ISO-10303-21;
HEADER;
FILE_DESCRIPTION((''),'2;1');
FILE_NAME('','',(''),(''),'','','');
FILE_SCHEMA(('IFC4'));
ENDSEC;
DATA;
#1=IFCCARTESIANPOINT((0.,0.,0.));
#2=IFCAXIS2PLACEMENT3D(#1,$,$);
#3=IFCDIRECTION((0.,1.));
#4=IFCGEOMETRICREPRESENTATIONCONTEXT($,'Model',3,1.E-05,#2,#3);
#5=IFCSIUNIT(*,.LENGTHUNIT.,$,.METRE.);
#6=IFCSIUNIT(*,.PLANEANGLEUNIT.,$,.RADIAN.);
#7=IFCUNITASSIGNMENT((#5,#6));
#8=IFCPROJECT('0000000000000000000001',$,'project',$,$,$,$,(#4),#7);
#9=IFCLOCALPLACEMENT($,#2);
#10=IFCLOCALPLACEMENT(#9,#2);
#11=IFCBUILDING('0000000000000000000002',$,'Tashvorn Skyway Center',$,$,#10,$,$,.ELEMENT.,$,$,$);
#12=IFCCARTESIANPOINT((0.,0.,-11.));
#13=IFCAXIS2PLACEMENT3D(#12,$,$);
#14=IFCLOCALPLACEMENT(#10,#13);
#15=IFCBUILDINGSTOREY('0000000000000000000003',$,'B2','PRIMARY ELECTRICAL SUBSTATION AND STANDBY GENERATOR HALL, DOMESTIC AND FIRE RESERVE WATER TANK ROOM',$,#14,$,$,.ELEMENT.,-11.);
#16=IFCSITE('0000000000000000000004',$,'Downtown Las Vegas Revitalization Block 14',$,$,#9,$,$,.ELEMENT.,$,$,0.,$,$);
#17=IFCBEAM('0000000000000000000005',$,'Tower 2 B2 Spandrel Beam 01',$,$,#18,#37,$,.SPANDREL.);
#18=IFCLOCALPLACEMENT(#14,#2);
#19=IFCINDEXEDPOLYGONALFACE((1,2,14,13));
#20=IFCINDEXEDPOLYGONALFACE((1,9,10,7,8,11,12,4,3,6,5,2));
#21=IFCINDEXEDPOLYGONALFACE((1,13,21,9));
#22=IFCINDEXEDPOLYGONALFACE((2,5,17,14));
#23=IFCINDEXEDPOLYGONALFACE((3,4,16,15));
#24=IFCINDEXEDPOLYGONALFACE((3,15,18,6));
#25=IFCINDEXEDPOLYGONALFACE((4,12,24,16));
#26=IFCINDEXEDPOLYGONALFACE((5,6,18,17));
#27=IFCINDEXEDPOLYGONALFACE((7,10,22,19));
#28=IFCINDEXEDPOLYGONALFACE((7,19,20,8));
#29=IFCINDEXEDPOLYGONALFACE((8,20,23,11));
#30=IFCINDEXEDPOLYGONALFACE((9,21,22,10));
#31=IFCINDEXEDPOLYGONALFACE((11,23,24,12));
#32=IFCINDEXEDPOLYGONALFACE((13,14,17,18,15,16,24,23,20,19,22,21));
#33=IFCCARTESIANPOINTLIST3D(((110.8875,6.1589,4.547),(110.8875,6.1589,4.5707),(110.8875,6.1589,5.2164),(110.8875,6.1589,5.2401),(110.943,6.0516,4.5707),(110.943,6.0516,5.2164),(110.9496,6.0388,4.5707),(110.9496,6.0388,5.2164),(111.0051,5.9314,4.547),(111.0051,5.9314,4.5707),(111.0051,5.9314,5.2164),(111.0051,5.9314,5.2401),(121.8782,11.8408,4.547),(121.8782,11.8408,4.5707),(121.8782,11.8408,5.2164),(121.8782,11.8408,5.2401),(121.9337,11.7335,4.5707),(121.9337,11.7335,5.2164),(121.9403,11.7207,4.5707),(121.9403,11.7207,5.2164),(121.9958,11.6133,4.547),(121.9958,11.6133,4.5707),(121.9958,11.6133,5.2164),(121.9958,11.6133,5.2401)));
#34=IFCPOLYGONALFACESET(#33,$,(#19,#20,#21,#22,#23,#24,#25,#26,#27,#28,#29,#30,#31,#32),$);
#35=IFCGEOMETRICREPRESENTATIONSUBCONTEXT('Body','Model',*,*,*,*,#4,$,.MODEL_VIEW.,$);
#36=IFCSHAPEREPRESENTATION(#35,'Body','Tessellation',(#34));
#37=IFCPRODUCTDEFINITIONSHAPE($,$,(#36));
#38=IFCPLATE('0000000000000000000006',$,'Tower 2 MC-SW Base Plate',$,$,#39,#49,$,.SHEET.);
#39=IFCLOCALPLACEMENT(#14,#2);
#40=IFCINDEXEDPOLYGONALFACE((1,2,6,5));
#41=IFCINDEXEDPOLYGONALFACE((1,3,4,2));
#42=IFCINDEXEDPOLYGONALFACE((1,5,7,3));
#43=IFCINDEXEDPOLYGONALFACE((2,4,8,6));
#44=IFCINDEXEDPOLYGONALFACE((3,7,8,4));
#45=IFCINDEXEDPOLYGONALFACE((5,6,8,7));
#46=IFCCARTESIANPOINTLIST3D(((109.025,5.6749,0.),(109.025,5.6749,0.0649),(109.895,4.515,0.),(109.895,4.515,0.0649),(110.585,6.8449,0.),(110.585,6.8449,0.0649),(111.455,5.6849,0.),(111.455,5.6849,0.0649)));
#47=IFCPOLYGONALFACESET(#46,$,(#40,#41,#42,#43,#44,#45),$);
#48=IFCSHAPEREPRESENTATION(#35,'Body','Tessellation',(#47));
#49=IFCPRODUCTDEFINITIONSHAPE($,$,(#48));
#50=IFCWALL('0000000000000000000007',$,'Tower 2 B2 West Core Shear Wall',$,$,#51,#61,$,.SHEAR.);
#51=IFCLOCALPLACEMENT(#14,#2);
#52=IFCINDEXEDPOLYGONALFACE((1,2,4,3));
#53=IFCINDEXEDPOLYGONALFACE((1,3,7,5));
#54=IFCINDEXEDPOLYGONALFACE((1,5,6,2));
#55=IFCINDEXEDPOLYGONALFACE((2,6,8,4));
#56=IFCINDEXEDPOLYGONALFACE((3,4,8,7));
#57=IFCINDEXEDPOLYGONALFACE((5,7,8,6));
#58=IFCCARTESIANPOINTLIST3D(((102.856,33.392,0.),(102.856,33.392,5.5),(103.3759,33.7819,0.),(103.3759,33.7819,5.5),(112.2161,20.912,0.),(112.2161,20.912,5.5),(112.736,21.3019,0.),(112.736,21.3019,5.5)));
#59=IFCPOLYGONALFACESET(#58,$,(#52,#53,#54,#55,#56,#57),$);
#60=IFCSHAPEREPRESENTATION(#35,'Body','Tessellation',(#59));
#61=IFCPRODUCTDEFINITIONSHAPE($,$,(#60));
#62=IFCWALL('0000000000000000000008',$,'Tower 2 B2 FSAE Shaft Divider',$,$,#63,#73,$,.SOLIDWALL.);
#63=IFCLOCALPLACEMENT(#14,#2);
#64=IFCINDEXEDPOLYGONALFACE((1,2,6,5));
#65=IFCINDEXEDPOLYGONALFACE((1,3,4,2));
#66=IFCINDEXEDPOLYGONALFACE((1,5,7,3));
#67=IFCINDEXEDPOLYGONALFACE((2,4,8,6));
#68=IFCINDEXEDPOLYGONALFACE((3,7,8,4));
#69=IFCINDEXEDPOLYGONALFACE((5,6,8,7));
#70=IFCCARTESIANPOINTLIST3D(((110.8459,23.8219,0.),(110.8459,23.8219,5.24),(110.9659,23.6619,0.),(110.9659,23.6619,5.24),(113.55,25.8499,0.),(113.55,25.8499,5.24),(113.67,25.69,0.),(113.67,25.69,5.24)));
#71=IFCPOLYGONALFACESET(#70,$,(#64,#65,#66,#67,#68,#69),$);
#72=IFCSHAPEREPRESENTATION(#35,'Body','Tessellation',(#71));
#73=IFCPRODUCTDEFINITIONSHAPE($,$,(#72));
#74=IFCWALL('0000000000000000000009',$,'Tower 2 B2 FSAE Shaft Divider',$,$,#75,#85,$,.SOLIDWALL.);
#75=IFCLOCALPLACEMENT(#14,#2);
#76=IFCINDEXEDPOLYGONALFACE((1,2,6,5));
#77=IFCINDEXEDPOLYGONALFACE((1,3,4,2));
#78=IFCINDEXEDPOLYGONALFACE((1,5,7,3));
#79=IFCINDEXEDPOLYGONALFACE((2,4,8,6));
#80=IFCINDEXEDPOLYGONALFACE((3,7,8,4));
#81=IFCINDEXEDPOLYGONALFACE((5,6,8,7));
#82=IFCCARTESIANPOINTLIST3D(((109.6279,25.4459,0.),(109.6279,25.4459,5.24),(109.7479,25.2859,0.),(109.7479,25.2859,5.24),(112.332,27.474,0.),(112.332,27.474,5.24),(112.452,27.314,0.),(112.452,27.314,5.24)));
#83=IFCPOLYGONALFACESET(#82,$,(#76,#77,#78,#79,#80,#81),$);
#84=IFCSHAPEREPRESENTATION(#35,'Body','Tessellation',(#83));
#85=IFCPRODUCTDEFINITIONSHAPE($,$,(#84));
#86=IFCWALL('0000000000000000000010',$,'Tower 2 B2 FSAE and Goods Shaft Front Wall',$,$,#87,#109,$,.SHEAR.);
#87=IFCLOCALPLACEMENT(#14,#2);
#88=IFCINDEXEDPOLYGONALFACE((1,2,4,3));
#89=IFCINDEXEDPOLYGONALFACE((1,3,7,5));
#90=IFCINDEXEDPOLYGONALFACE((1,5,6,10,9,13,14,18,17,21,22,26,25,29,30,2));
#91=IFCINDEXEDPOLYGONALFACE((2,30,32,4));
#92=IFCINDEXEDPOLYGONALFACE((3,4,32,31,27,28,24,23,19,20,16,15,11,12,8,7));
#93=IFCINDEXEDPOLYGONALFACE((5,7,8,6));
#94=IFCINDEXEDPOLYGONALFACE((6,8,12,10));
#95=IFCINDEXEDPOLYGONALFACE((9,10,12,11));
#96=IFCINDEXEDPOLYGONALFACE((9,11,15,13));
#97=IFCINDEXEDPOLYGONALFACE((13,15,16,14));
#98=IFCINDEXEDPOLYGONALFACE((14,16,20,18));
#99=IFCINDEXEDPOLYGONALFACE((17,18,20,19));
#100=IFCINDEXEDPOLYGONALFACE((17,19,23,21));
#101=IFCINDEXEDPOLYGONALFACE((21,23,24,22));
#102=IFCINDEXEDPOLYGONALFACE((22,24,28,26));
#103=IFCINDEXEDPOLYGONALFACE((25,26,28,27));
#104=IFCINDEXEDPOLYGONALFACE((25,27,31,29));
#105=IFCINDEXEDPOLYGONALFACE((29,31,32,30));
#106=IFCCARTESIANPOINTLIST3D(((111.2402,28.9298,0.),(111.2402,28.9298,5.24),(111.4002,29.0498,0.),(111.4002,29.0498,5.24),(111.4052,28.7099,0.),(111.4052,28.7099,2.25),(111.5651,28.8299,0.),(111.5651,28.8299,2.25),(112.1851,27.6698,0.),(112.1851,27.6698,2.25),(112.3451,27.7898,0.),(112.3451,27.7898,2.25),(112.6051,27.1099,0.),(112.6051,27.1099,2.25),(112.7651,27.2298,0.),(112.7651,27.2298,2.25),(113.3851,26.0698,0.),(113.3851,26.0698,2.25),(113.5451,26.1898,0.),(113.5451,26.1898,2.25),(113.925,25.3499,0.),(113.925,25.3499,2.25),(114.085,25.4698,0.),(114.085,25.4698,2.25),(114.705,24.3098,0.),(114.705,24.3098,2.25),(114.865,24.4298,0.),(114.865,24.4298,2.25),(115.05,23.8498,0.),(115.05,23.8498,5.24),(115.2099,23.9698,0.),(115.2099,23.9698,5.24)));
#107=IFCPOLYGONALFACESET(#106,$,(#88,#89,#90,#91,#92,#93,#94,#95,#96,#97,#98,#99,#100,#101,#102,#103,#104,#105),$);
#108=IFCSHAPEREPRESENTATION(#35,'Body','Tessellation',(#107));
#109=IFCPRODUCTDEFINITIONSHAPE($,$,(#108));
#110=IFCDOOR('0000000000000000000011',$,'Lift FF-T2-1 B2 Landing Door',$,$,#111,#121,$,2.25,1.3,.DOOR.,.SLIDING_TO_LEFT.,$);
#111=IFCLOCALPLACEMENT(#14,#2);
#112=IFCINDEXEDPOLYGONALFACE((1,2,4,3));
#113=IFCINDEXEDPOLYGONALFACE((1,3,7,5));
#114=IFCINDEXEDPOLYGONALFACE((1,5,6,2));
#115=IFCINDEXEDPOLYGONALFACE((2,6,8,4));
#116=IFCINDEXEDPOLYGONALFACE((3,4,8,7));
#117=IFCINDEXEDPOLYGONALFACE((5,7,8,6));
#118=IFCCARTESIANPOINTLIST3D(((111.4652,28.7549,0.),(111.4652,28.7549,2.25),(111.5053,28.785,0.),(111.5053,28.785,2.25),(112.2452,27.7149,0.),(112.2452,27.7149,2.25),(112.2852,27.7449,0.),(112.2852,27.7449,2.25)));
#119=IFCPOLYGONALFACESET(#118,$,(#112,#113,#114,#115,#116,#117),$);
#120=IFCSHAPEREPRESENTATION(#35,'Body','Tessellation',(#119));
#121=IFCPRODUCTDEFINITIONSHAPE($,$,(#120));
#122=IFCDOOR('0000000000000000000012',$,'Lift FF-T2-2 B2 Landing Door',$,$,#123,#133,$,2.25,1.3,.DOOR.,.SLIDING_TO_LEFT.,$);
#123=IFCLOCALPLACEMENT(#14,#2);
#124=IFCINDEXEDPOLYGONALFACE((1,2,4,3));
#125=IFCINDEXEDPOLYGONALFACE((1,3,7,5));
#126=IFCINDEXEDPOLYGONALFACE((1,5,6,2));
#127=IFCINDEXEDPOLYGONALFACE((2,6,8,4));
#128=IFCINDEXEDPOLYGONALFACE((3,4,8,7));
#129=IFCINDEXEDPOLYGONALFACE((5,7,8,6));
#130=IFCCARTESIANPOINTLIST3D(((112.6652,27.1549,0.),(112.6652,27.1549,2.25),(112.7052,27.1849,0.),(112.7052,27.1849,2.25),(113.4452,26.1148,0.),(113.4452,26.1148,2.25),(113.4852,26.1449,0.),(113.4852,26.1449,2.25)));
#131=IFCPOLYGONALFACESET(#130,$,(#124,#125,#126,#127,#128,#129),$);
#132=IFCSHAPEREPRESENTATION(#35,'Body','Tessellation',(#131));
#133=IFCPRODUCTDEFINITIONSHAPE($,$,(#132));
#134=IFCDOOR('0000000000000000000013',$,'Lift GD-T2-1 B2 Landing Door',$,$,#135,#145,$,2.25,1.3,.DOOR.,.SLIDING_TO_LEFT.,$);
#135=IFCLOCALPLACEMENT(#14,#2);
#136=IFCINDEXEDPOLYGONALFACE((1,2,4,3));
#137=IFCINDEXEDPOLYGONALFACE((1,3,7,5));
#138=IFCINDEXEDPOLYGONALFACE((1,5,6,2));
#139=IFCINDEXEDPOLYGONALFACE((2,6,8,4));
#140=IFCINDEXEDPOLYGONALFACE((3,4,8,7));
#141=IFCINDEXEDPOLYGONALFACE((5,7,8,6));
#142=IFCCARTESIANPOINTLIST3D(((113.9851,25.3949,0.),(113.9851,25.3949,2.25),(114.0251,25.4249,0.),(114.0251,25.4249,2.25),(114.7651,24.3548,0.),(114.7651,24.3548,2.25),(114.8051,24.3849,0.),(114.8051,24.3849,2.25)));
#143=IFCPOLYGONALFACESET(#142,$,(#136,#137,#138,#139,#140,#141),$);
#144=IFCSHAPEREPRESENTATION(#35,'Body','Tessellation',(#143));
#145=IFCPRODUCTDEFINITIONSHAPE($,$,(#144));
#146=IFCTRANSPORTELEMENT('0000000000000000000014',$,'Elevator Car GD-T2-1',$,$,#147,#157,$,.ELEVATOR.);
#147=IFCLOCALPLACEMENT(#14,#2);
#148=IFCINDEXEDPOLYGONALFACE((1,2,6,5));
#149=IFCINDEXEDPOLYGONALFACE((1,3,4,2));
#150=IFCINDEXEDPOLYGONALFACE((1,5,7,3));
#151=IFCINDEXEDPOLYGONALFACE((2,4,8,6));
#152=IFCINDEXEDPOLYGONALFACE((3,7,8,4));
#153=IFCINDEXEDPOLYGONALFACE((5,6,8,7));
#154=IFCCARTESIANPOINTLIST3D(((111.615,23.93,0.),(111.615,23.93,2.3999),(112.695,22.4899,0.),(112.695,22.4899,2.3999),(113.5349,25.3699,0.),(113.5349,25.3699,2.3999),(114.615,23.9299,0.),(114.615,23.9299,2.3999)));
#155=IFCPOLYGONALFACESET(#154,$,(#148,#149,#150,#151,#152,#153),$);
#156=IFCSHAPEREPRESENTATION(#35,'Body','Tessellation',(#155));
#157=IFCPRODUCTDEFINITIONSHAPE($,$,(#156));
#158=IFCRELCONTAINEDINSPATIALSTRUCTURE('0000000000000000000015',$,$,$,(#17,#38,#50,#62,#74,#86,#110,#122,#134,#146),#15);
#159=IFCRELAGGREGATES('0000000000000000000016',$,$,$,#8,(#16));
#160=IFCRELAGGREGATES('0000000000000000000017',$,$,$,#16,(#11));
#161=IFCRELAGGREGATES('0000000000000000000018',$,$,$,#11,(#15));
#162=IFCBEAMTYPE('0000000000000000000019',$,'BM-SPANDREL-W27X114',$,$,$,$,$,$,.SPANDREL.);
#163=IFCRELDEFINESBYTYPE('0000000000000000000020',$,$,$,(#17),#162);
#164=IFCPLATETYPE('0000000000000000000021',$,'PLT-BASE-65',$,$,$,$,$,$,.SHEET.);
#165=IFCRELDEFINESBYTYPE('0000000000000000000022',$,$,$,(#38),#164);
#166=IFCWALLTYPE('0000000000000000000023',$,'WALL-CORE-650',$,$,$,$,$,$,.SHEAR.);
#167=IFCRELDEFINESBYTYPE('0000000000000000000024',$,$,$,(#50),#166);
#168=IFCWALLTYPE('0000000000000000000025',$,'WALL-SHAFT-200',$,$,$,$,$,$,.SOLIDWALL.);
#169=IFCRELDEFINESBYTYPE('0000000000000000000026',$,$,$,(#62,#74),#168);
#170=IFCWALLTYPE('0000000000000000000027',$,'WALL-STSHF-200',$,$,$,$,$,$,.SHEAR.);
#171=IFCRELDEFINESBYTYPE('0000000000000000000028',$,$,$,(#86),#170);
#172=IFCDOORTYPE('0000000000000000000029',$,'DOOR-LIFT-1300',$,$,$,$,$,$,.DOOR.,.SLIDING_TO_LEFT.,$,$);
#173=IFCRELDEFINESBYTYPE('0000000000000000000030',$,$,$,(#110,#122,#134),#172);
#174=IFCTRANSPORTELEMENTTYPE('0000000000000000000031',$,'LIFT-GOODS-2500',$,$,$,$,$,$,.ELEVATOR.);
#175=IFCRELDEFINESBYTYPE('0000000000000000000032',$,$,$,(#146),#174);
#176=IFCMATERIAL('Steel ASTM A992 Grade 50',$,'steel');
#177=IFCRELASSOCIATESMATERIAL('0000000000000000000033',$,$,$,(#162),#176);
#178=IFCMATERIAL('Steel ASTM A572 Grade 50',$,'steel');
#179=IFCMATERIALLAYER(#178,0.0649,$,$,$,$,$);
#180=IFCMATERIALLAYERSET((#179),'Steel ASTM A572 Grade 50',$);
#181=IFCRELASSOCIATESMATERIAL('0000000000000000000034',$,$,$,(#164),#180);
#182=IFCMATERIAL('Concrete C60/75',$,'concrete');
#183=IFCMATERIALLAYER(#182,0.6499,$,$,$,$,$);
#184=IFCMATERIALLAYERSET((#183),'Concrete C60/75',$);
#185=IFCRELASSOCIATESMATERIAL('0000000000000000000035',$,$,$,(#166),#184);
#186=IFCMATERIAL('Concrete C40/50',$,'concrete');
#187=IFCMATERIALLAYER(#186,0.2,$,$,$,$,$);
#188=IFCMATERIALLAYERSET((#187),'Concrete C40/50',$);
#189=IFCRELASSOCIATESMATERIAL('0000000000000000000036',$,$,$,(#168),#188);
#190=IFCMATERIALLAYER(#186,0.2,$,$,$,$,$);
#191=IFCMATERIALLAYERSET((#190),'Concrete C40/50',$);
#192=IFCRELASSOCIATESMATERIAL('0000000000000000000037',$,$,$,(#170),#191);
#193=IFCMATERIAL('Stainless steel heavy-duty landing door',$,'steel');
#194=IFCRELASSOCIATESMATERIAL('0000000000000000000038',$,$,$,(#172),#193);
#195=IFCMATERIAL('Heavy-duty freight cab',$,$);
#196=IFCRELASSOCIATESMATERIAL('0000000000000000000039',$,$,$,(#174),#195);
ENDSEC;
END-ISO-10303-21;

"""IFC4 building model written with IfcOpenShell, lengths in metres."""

from ifc_helpers import new_model, si_unit, direction, frame, frame_2d, origin, origin_2d, place, context, subcontext, project, spatial, rectangle, i_section, extrude, material, layer, layer_set, material_profile, profile_set, type_object, element, fill, save


model = new_model("IFC4")

# Units and contexts
model_context = context("Model", 3, precision=1e-05, world=origin(), true_north=direction((0.0, 1.0)))
body_context = subcontext(model_context, "Body", "Model", "MODEL_VIEW")
ifc_project = project(units=[si_unit("LENGTHUNIT", "METRE"), si_unit("PLANEANGLEUNIT", "RADIAN")], contexts=[model_context])

# Site, building, storey
site_placement = place(None, origin())
site = spatial("IfcSite", under=ifc_project, at=site_placement, Name="Downtown Las Vegas Revitalization Block 14", CompositionType="ELEMENT", RefElevation=0.0)
building_placement = place(site_placement, origin())
building = spatial("IfcBuilding", under=site, at=building_placement, Name="Tashvorn Skyway Center", CompositionType="ELEMENT")
storey_placement = place(building_placement, frame((0.0, 0.0, -11.0)))
storey = spatial("IfcBuildingStorey", under=building, at=storey_placement, Name="B2", Description="PRIMARY ELECTRICAL SUBSTATION AND STANDBY GENERATOR HALL, DOMESTIC AND FIRE RESERVE WATER TANK ROOM", CompositionType="ELEMENT", Elevation=-11.0)

# Shared definitions
ifc_material_1 = material(Name="Steel ASTM A572 Grade 50", Category="steel")

# Beam
ifc_material_2 = material(Name="Steel ASTM A992 Grade 50", Category="steel")
ifc_material_profile_1 = material_profile(ifc_material_2, i_section(OverallWidth=0.2561, OverallDepth=0.6931, WebThickness=0.0144, FlangeThickness=0.0237, at=origin_2d()), Name="W27X114")
ifc_profile_set_1 = profile_set([ifc_material_profile_1], Name="Steel ASTM A992 Grade 50")
beam_type_1 = type_object("IfcBeamType", Name="BM-SPANDREL-W27X114", PredefinedType="SPANDREL", material=ifc_profile_set_1)
beam_1_placement = place(storey_placement, frame((110.9463, 6.0452, 4.8936), z_axis=(0.888316, 0.459233, 0.0), x_axis=(-0.459233, 0.888316, 0.0)))
element("IfcBeam", 1, at=beam_1_placement, inside=storey, type_object=beam_type_1, Name="Tower 2 B2 Spandrel Beam 01", PredefinedType="SPANDREL", context=body_context, shape_type="SweptSolid", body=[
    extrude(i_section(OverallWidth=0.2561, OverallDepth=0.6931, WebThickness=0.0144, FlangeThickness=0.0237, at=origin_2d()), origin(), (0.0, 0.0, 1.0), 12.3726),
])

# Plate
ifc_layer_1 = layer(ifc_material_1, 0.0649)
ifc_layer_set_1 = layer_set([ifc_layer_1], Name="Steel ASTM A572 Grade 50")
plate_type = type_object("IfcPlateType", Name="PLT-BASE-65", PredefinedType="SHEET", material=ifc_layer_set_1)
plate_placement = place(storey_placement, frame((110.24, 5.6799, 0.0), z_axis=(0.0, 0.0, 1.0), x_axis=(0.8, 0.6, 0.0)))
element("IfcPlate", 2, at=plate_placement, inside=storey, type_object=plate_type, Name="Tower 2 MC-SW Base Plate", PredefinedType="SHEET", context=body_context, shape_type="SweptSolid", body=[
    extrude(rectangle(XDim=1.95, YDim=1.45, at=origin_2d()), origin(), (0.0, 0.0, 1.0), 0.0649),
])

# Walls
ifc_material_3 = material(Name="Concrete C60/75", Category="concrete")
ifc_layer_2 = layer(ifc_material_3, 0.6499)
ifc_layer_set_2 = layer_set([ifc_layer_2], Name="Concrete C60/75")
wall_type_1 = type_object("IfcWallType", Name="WALL-CORE-650", PredefinedType="SHEAR", material=ifc_layer_set_2)
wall_1_placement = place(storey_placement, frame((112.4761, 21.1069, 0.0), z_axis=(0.0, 0.0, 1.0), x_axis=(-0.600005, 0.799996, 0.0)))
element("IfcWall", 3, at=wall_1_placement, inside=storey, type_object=wall_type_1, Name="Tower 2 B2 West Core Shear Wall", PredefinedType="SHEAR", context=body_context, shape_type="SweptSolid", body=[
    extrude(rectangle(XDim=15.6001, YDim=0.6499, at=frame_2d((7.8, 0.0))), origin(), (0.0, 0.0, 1.0), 5.5),
])
ifc_material_4 = material(Name="Concrete C40/50", Category="concrete")
ifc_layer_3 = layer(ifc_material_4, 0.2)
ifc_layer_set_3 = layer_set([ifc_layer_3], Name="Concrete C40/50")
wall_type_2 = type_object("IfcWallType", Name="WALL-SHAFT-200", PredefinedType="SOLIDWALL", material=ifc_layer_set_3)
for number, where, z_axis, x_axis, name in (
    (4, (110.906, 23.7419, 0.0), (0.0, 0.0, 1.0), (0.8, 0.6, 0.0), "Tower 2 B2 FSAE Shaft Divider"),
    (5, (109.688, 25.366, 0.0), (0.0, 0.0, 1.0), (0.8, 0.6, 0.0), "Tower 2 B2 FSAE Shaft Divider"),
):
    element("IfcWall", number, at=place(storey_placement, frame(where, z_axis=z_axis, x_axis=x_axis)), inside=storey, type_object=wall_type_2, Name=name, PredefinedType="SOLIDWALL", context=body_context, shape_type="SweptSolid", body=[
        extrude(rectangle(XDim=3.3801, YDim=0.2, at=frame_2d((1.6899, 0.0))), origin(), (0.0, 0.0, 1.0), 5.24),
    ])

# Wall, openings, doors
ifc_layer_4 = layer(ifc_material_4, 0.2)
ifc_layer_set_4 = layer_set([ifc_layer_4], Name="Concrete C40/50")
wall_type_3 = type_object("IfcWallType", Name="WALL-STSHF-200", PredefinedType="SHEAR", material=ifc_layer_set_4)
wall_2_placement = place(storey_placement, frame((115.1299, 23.9099, 0.0), z_axis=(0.0, 0.0, 1.0), x_axis=(-0.599975, 0.800018, 0.0)))
wall_2 = element("IfcWall", 6, at=wall_2_placement, inside=storey, type_object=wall_type_3, Name="Tower 2 B2 FSAE and Goods Shaft Front Wall", PredefinedType="SHEAR", context=body_context, shape_type="SweptSolid", body=[
    extrude(rectangle(XDim=6.3499, YDim=0.2, at=frame_2d((3.1748, 0.0))), origin(), (0.0, 0.0, 1.0), 5.24),
])
opening_1_placement = place(wall_2_placement, frame((4.7749, 0.0, 0.0)))
opening_1 = element("IfcOpeningElement", 7, at=opening_1_placement, cuts=wall_2, PredefinedType="OPENING", context=body_context, shape_type="SweptSolid", body=[
    extrude(rectangle(XDim=1.3, YDim=2.25, at=frame_2d((0.6499, 1.125))), frame((0.0, 0.1099, 0.0), z_axis=(0.0, -1.0, 0.0), x_axis=(1.0, 0.0, 0.0)), (0.0, 0.0, 1.0), 0.22),
])
opening_2_placement = place(wall_2_placement, frame((2.7749, 0.0, 0.0)))
opening_2 = element("IfcOpeningElement", 8, at=opening_2_placement, cuts=wall_2, PredefinedType="OPENING", context=body_context, shape_type="SweptSolid", body=[
    extrude(rectangle(XDim=1.3, YDim=2.25, at=frame_2d((0.6499, 1.125))), frame((0.0, 0.1099, 0.0), z_axis=(0.0, -1.0, 0.0), x_axis=(1.0, 0.0, 0.0)), (0.0, 0.0, 1.0), 0.22),
])
opening_3_placement = place(wall_2_placement, frame((0.575, 0.0, 0.0)))
opening_3 = element("IfcOpeningElement", 9, at=opening_3_placement, cuts=wall_2, PredefinedType="OPENING", context=body_context, shape_type="SweptSolid", body=[
    extrude(rectangle(XDim=1.3, YDim=2.25, at=frame_2d((0.6499, 1.125))), frame((0.0, 0.1099, 0.0), z_axis=(0.0, -1.0, 0.0), x_axis=(1.0, 0.0, 0.0)), (0.0, 0.0, 1.0), 0.22),
])
ifc_material_5 = material(Name="Stainless steel heavy-duty landing door", Category="steel")
door_type = type_object("IfcDoorType", Name="DOOR-LIFT-1300", OperationType="SLIDING_TO_LEFT", PredefinedType="DOOR", material=ifc_material_5)
door_1_placement = place(opening_1_placement, origin())
door_1 = element("IfcDoor", 10, at=door_1_placement, inside=storey, type_object=door_type, Name="Lift FF-T2-1 B2 Landing Door", OperationType="SLIDING_TO_LEFT", OverallHeight=2.25, OverallWidth=1.3, PredefinedType="DOOR", context=body_context, shape_type="SweptSolid", body=[
    extrude(rectangle(XDim=1.3, YDim=2.25, at=frame_2d((0.6499, 1.125))), frame((0.0, 0.0249, 0.0), z_axis=(0.0, -1.0, 0.0), x_axis=(1.0, 0.0, 0.0)), (0.0, 0.0, 1.0), 0.05),
])
fill(opening_1, door_1)
door_2_placement = place(opening_2_placement, origin())
door_2 = element("IfcDoor", 11, at=door_2_placement, inside=storey, type_object=door_type, Name="Lift FF-T2-2 B2 Landing Door", OperationType="SLIDING_TO_LEFT", OverallHeight=2.25, OverallWidth=1.3, PredefinedType="DOOR", context=body_context, shape_type="SweptSolid", body=[
    extrude(rectangle(XDim=1.3, YDim=2.25, at=frame_2d((0.6499, 1.125))), frame((0.0, 0.0249, 0.0), z_axis=(0.0, -1.0, 0.0), x_axis=(1.0, 0.0, 0.0)), (0.0, 0.0, 1.0), 0.05),
])
fill(opening_2, door_2)
door_3_placement = place(opening_3_placement, origin())
door_3 = element("IfcDoor", 12, at=door_3_placement, inside=storey, type_object=door_type, Name="Lift GD-T2-1 B2 Landing Door", OperationType="SLIDING_TO_LEFT", OverallHeight=2.25, OverallWidth=1.3, PredefinedType="DOOR", context=body_context, shape_type="SweptSolid", body=[
    extrude(rectangle(XDim=1.3, YDim=2.25, at=frame_2d((0.6499, 1.125))), frame((0.0, 0.0249, 0.0), z_axis=(0.0, -1.0, 0.0), x_axis=(1.0, 0.0, 0.0)), (0.0, 0.0, 1.0), 0.05),
])
fill(opening_3, door_3)

# Transport element
ifc_material_6 = material(Name="Heavy-duty freight cab")
transport_element_type = type_object("IfcTransportElementType", Name="LIFT-GOODS-2500", PredefinedType="ELEVATOR", material=ifc_material_6)
transport_element_placement = place(storey_placement, frame((113.115, 23.9299, 0.0), z_axis=(0.0, 0.0, 1.0), x_axis=(0.8, 0.6, 0.0)))
element("IfcTransportElement", 13, at=transport_element_placement, inside=storey, type_object=transport_element_type, Name="Elevator Car GD-T2-1", PredefinedType="ELEVATOR", context=body_context, shape_type="SweptSolid", body=[
    extrude(rectangle(XDim=2.3999, YDim=1.8, at=origin_2d()), origin(), (0.0, 0.0, 1.0), 2.3999),
])

save(model, "model.ifc")
